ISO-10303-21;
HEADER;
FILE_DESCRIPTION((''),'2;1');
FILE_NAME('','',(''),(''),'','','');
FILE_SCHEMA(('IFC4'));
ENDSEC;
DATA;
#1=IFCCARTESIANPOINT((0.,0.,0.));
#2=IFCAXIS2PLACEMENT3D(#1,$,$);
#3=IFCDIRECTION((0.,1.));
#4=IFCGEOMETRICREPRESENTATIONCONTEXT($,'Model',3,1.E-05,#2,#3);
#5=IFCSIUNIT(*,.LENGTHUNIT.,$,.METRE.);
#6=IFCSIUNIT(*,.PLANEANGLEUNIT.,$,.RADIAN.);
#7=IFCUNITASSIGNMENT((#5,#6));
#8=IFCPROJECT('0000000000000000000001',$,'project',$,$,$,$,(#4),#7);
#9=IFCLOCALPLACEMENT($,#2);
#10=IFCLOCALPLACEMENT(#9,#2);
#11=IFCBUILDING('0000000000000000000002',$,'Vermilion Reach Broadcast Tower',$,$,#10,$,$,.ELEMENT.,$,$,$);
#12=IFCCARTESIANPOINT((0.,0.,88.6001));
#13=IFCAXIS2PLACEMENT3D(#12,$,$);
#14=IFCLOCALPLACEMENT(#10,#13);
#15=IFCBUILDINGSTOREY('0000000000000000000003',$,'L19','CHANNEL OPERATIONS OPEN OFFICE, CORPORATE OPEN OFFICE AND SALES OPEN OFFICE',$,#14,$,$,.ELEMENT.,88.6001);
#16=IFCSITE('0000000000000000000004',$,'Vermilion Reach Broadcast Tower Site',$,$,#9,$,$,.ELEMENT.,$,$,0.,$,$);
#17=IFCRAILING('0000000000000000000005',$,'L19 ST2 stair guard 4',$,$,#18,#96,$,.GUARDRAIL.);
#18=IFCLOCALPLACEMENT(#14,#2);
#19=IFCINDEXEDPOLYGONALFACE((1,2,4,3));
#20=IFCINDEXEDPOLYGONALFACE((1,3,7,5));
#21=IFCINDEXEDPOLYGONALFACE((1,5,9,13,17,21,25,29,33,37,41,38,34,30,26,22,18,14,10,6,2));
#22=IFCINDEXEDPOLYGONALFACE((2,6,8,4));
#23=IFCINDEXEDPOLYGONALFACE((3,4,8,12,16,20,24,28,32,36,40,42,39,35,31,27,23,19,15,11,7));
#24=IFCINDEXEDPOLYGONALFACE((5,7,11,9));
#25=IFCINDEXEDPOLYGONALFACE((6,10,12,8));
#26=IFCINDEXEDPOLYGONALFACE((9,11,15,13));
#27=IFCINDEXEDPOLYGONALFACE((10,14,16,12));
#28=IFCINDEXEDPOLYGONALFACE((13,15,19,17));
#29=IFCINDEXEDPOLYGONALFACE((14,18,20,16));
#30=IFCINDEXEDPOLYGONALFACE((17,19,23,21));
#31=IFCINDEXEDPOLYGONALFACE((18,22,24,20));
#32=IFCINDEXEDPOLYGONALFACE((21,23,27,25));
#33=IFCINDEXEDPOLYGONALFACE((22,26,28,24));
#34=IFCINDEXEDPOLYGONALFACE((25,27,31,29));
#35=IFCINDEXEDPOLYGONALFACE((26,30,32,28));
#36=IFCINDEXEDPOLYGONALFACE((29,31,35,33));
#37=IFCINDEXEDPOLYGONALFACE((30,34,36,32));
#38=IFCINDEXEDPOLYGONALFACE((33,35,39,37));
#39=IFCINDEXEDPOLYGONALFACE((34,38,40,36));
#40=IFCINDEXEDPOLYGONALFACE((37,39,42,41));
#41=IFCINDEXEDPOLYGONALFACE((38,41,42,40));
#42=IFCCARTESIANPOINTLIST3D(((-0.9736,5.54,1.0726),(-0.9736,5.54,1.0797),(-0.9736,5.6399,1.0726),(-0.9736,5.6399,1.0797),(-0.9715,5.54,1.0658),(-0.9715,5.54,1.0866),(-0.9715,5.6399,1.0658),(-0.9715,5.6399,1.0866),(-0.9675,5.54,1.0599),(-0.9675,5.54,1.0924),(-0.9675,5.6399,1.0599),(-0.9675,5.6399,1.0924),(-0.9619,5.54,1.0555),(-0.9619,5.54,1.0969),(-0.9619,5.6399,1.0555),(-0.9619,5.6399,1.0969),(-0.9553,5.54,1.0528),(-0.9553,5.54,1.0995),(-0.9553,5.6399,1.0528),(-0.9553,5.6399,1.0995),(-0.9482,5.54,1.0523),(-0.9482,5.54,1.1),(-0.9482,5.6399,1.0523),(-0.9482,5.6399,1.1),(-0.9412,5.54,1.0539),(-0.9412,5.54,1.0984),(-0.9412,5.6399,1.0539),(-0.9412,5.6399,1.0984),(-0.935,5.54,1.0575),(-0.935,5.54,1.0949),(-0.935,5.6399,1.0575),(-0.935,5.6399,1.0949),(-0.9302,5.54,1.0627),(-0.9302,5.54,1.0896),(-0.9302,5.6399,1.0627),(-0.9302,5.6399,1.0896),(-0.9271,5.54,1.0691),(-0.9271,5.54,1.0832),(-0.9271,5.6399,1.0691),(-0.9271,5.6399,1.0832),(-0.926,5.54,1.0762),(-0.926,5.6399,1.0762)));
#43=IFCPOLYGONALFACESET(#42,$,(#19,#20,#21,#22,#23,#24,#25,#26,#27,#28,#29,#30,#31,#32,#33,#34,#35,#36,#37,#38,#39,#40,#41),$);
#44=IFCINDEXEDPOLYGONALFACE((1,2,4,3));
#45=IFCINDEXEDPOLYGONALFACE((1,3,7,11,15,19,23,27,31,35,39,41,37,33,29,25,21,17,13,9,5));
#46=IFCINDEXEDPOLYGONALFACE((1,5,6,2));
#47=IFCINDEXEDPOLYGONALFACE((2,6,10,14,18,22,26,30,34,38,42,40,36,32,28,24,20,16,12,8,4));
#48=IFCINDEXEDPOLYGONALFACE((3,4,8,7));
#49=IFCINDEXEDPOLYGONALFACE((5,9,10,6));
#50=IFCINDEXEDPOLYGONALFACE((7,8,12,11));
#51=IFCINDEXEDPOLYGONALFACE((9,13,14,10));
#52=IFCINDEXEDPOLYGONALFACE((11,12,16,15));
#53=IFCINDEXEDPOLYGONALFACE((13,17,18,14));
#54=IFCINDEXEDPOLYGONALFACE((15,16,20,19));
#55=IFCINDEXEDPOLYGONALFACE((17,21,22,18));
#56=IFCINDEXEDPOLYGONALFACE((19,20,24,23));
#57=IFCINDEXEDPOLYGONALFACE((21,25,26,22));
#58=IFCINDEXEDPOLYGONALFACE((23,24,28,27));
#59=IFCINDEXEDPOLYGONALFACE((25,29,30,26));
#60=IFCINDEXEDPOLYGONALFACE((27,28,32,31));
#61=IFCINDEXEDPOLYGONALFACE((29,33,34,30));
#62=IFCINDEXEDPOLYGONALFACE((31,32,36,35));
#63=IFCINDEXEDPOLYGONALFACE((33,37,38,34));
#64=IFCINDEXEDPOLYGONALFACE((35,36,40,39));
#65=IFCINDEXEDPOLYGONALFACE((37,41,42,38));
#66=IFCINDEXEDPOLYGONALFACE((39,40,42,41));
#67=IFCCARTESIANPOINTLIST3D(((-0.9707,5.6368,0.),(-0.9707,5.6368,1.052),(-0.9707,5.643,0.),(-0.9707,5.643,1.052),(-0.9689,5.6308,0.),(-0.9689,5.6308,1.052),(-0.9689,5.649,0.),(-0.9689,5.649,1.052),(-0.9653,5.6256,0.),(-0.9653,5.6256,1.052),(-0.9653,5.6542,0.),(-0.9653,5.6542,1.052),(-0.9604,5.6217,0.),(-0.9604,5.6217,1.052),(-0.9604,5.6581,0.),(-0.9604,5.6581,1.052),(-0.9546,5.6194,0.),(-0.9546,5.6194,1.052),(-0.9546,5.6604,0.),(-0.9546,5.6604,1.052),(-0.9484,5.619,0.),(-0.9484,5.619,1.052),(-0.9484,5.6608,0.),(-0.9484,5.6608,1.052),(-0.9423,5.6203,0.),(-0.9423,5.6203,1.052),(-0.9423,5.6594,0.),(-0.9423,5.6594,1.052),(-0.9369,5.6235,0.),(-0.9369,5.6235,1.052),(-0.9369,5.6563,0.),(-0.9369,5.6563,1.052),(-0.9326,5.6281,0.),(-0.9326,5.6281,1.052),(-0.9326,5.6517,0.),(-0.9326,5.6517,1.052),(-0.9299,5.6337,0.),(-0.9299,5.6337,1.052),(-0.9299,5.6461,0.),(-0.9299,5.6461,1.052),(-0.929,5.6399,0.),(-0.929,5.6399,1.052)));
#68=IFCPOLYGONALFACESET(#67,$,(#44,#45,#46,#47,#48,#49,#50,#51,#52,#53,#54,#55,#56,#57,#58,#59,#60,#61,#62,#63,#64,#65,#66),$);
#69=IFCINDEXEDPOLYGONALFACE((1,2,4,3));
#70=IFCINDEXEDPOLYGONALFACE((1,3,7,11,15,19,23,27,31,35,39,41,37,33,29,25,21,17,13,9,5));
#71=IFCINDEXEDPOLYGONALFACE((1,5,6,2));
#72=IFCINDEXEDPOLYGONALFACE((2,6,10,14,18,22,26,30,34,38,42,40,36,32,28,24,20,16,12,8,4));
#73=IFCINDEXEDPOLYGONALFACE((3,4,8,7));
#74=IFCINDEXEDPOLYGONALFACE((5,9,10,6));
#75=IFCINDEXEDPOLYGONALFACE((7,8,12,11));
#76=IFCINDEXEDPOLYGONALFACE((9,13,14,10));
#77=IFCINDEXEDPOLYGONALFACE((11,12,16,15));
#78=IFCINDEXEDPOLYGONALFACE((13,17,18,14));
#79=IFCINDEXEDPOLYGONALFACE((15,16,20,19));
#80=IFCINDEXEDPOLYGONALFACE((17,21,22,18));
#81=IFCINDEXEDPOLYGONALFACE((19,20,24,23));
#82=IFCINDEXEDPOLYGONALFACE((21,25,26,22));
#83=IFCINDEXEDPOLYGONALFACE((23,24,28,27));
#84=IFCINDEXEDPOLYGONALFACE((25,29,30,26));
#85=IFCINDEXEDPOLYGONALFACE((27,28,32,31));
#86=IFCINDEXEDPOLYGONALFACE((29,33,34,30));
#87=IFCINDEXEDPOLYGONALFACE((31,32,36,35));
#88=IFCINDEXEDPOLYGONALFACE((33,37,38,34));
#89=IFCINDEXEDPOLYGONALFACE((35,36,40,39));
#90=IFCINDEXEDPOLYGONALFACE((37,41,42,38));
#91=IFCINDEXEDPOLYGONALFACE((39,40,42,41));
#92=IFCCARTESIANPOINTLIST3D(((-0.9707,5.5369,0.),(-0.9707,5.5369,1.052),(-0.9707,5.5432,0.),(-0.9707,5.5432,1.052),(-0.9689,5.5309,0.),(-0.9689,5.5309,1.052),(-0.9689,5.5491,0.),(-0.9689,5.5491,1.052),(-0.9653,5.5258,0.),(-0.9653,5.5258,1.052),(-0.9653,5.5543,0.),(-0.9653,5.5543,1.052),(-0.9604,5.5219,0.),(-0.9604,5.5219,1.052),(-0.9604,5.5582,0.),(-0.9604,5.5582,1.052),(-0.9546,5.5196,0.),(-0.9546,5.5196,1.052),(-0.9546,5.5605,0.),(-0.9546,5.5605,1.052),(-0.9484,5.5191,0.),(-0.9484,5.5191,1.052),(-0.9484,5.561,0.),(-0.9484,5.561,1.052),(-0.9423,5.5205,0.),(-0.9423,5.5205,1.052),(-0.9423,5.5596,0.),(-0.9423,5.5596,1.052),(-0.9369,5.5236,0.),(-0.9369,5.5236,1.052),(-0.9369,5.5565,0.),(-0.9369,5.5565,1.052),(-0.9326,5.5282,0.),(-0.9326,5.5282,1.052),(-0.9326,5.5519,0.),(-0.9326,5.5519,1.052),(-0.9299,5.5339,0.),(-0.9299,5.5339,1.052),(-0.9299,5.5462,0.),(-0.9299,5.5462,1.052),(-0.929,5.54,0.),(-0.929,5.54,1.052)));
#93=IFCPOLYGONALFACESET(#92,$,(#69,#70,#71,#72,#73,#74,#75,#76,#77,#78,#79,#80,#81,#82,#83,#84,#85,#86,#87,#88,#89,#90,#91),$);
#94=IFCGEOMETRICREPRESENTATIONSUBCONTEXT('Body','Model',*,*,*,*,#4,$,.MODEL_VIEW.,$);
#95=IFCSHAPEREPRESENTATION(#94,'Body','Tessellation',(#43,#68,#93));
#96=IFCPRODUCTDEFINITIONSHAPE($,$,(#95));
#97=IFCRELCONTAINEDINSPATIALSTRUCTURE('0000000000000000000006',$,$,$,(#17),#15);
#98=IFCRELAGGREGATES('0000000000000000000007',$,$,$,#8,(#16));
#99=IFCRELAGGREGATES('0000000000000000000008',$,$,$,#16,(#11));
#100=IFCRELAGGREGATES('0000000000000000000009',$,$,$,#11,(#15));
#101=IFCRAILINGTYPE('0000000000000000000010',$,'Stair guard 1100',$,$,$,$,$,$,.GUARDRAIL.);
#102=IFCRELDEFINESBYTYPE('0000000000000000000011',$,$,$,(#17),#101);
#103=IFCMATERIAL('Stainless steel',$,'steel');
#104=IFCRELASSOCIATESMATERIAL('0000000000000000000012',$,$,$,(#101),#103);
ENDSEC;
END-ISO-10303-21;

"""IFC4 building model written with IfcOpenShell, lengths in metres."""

from ifc_helpers import new_model, si_unit, direction, frame, origin, origin_2d, place, context, subcontext, project, spatial, circle, extrude, material, type_object, element, save


model = new_model("IFC4")

# Units and contexts
model_context = context("Model", 3, precision=1e-05, world=origin(), true_north=direction((0.0, 1.0)))
body_context = subcontext(model_context, "Body", "Model", "MODEL_VIEW")
ifc_project = project(units=[si_unit("LENGTHUNIT", "METRE"), si_unit("PLANEANGLEUNIT", "RADIAN")], contexts=[model_context])

# Site, building, storey
site_placement = place(None, origin())
site = spatial("IfcSite", under=ifc_project, at=site_placement, Name="Vermilion Reach Broadcast Tower Site", CompositionType="ELEMENT", RefElevation=0.0)
building_placement = place(site_placement, origin())
building = spatial("IfcBuilding", under=site, at=building_placement, Name="Vermilion Reach Broadcast Tower", CompositionType="ELEMENT")
storey_placement = place(building_placement, frame((0.0, 0.0, 88.6001)))
storey = spatial("IfcBuildingStorey", under=building, at=storey_placement, Name="L19", Description="CHANNEL OPERATIONS OPEN OFFICE, CORPORATE OPEN OFFICE AND SALES OPEN OFFICE", CompositionType="ELEMENT", Elevation=88.6001)

# Railing
ifc_material_1 = material(Name="Stainless steel", Category="steel")
railing_type_1 = type_object("IfcRailingType", Name="Stair guard 1100", PredefinedType="GUARDRAIL", material=ifc_material_1)
railing_1_placement = place(storey_placement, frame((-0.95, 5.6399, 0.0)))
element("IfcRailing", 1, at=railing_1_placement, inside=storey, type_object=railing_type_1, Name="L19 ST2 stair guard 4", PredefinedType="GUARDRAIL", context=body_context, shape_type="SweptSolid", body=[
    extrude(circle(Radius=0.0239, at=origin_2d()), frame((0.0, 0.0, 1.0762), z_axis=(0.0, -1.0, 0.0), x_axis=(1.0, 0.0, 0.0)), (0.0, 0.0, 1.0), 0.0999),
    extrude(circle(Radius=0.021, at=origin_2d()), origin(), (0.0, 0.0, 1.0), 1.052),
    extrude(circle(Radius=0.021, at=origin_2d()), frame((0.0, -0.0999, 0.0)), (0.0, 0.0, 1.0), 1.052),
])

save(model, "model.ifc")
